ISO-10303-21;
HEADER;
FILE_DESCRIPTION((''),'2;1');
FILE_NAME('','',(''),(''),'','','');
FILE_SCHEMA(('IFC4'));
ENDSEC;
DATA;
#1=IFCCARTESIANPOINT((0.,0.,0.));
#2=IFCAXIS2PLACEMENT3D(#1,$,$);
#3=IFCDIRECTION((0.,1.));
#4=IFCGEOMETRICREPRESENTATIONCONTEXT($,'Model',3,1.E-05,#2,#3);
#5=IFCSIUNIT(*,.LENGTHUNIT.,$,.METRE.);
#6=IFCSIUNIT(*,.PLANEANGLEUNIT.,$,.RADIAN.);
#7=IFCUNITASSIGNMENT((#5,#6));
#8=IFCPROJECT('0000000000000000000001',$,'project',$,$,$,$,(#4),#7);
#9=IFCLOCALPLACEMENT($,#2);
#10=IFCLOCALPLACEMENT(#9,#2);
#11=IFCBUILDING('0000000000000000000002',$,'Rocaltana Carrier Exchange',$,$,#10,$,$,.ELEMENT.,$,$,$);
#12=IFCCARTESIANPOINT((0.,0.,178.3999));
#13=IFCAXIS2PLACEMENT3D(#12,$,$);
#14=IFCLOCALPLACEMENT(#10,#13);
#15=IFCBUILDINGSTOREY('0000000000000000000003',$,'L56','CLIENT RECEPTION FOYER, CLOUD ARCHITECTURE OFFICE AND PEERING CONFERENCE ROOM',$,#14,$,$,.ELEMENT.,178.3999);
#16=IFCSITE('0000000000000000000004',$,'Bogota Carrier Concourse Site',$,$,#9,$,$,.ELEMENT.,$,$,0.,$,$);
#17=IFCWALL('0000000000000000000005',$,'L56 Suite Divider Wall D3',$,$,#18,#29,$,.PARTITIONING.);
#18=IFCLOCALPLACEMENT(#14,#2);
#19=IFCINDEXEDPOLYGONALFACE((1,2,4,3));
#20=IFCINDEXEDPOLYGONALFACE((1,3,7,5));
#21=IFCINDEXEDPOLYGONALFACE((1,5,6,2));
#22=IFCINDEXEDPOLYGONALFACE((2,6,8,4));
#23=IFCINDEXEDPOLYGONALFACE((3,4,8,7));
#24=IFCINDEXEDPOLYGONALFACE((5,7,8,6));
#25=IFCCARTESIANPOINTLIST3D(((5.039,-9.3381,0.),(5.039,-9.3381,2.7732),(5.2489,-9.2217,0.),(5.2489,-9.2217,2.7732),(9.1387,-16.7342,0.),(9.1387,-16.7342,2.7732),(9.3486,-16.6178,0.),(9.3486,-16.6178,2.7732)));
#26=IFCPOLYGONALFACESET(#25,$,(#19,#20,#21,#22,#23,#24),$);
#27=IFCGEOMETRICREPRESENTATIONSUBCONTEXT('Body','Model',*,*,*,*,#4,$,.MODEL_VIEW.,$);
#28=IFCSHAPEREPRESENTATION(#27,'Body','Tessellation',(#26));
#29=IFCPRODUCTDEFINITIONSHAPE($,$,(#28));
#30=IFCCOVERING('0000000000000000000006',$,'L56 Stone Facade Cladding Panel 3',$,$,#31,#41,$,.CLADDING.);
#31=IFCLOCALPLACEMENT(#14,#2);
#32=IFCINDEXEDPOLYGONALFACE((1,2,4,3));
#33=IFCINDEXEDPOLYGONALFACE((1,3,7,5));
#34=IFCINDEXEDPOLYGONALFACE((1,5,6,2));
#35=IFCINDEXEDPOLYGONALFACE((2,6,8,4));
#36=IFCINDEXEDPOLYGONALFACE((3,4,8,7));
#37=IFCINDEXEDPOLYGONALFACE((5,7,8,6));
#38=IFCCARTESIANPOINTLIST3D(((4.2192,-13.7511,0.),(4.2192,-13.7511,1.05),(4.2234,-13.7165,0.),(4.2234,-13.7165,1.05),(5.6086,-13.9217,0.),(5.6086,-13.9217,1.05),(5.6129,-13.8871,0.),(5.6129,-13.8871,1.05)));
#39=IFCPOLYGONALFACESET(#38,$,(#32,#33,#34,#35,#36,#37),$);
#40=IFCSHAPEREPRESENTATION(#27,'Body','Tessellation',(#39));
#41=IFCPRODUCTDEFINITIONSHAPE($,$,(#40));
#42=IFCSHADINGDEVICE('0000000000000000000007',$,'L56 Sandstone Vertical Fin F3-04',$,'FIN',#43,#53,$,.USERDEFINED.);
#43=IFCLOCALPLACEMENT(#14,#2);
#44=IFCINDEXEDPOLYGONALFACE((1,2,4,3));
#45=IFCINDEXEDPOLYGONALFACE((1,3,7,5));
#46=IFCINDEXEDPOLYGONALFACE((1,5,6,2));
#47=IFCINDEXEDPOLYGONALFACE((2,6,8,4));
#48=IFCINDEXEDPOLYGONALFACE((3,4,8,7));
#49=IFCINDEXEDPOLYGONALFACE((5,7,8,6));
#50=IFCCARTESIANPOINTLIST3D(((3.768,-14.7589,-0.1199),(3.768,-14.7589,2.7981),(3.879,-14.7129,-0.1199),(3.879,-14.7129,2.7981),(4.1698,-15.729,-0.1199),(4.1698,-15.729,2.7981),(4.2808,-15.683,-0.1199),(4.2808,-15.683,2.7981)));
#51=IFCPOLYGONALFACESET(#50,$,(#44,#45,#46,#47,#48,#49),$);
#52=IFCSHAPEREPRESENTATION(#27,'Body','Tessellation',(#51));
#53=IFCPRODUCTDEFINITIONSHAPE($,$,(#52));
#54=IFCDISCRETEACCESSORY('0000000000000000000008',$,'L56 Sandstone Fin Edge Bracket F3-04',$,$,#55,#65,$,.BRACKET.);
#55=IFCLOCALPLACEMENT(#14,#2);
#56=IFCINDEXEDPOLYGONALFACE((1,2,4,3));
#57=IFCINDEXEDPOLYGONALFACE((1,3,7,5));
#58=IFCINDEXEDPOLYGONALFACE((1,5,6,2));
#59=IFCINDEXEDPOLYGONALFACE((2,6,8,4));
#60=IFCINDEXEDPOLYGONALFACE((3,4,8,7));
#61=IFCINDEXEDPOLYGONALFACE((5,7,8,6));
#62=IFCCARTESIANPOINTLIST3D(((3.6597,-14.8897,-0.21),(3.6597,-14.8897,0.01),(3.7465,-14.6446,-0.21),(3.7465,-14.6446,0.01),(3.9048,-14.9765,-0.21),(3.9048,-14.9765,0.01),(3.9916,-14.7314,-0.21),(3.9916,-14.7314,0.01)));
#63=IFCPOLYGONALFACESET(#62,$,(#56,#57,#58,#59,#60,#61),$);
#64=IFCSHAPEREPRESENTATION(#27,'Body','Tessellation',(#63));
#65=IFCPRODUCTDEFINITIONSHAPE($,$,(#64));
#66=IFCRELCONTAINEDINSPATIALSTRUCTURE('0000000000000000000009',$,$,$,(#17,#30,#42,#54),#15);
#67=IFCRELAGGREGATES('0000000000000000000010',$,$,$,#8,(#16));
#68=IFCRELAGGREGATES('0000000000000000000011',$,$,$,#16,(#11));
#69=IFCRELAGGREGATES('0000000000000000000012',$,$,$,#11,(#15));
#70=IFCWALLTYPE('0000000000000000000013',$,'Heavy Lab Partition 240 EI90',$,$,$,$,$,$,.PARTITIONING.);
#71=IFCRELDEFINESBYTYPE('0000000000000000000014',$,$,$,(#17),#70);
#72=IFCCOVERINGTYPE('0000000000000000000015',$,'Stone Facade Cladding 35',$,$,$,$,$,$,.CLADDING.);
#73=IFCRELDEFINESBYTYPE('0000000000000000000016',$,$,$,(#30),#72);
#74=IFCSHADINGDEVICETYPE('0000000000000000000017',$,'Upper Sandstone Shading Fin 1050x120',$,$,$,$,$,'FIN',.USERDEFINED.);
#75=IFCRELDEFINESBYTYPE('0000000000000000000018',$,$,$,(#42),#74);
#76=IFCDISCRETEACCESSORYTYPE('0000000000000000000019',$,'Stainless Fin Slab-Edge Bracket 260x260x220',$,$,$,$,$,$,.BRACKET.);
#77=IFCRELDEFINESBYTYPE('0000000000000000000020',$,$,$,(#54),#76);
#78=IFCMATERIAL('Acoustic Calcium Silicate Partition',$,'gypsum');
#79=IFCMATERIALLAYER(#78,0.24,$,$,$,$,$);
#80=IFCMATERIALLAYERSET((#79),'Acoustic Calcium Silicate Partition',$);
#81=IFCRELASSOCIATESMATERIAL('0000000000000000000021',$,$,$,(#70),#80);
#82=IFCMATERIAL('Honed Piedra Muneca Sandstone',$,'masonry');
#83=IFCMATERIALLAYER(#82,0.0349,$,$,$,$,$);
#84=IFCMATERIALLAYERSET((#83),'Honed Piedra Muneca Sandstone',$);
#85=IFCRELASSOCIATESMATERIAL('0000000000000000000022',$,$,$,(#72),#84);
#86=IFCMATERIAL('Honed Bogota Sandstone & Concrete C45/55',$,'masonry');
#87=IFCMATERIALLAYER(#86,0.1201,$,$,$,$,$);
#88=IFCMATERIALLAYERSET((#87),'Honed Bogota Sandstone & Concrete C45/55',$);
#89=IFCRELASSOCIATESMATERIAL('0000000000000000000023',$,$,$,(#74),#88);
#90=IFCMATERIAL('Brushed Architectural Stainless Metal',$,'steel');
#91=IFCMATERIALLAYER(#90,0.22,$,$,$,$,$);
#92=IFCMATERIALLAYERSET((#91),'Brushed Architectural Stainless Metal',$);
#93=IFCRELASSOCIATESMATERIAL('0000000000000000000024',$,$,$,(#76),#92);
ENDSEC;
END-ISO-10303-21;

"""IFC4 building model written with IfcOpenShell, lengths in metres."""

from ifc_helpers import new_model, si_unit, direction, frame, frame_2d, origin, origin_2d, place, context, subcontext, project, spatial, rectangle, extrude, material, layer, layer_set, type_object, element, save


model = new_model("IFC4")

# Units and contexts
model_context = context("Model", 3, precision=1e-05, world=origin(), true_north=direction((0.0, 1.0)))
body_context = subcontext(model_context, "Body", "Model", "MODEL_VIEW")
ifc_project = project(units=[si_unit("LENGTHUNIT", "METRE"), si_unit("PLANEANGLEUNIT", "RADIAN")], contexts=[model_context])

# Site, building, storey
site_placement = place(None, origin())
site = spatial("IfcSite", under=ifc_project, at=site_placement, Name="Bogota Carrier Concourse Site", CompositionType="ELEMENT", RefElevation=0.0)
building_placement = place(site_placement, origin())
building = spatial("IfcBuilding", under=site, at=building_placement, Name="Rocaltana Carrier Exchange", CompositionType="ELEMENT")
storey_placement = place(building_placement, frame((0.0, 0.0, 178.3999)))
storey = spatial("IfcBuildingStorey", under=building, at=storey_placement, Name="L56", Description="CLIENT RECEPTION FOYER, CLOUD ARCHITECTURE OFFICE AND PEERING CONFERENCE ROOM", CompositionType="ELEMENT", Elevation=178.3999)

# Wall
ifc_material_1 = material(Name="Acoustic Calcium Silicate Partition", Category="gypsum")
ifc_layer_1 = layer(ifc_material_1, 0.24)
ifc_layer_set_1 = layer_set([ifc_layer_1], Name="Acoustic Calcium Silicate Partition")
wall_type_1 = type_object("IfcWallType", Name="Heavy Lab Partition 240 EI90", PredefinedType="PARTITIONING", material=ifc_layer_set_1)
wall_1_placement = place(storey_placement, frame((5.144, -9.28, 0.0), z_axis=(0.0, 0.0, 1.0), x_axis=(0.484804, -0.874623, 0.0)))
element("IfcWall", 1, at=wall_1_placement, inside=storey, type_object=wall_type_1, Name="L56 Suite Divider Wall D3", PredefinedType="PARTITIONING", context=body_context, shape_type="SweptSolid", body=[
    extrude(rectangle(XDim=8.4563, YDim=0.24, at=frame_2d((4.228, 0.0))), origin(), (0.0, 0.0, 1.0), 2.7732),
])

# Covering
ifc_material_2 = material(Name="Honed Piedra Muneca Sandstone", Category="masonry")
ifc_layer_2 = layer(ifc_material_2, 0.0349)
ifc_layer_set_2 = layer_set([ifc_layer_2], Name="Honed Piedra Muneca Sandstone")
covering_type = type_object("IfcCoveringType", Name="Stone Facade Cladding 35", PredefinedType="CLADDING", material=ifc_layer_set_2)
covering_placement = place(storey_placement, frame((4.916, -13.8191, 0.0), z_axis=(0.0, 0.0, 1.0), x_axis=(-0.992546, 0.121869, 0.0)))
element("IfcCovering", 2, at=covering_placement, inside=storey, type_object=covering_type, Name="L56 Stone Facade Cladding Panel 3", PredefinedType="CLADDING", context=body_context, shape_type="SweptSolid", body=[
    extrude(rectangle(XDim=1.3999, YDim=0.0349, at=origin_2d()), origin(), (0.0, 0.0, 1.0), 1.05),
])

# Shading device
ifc_material_3 = material(Name="Honed Bogota Sandstone & Concrete C45/55", Category="masonry")
ifc_layer_3 = layer(ifc_material_3, 0.1201)
ifc_layer_set_3 = layer_set([ifc_layer_3], Name="Honed Bogota Sandstone & Concrete C45/55")
shading_device_type = type_object("IfcShadingDeviceType", Name="Upper Sandstone Shading Fin 1050x120", ElementType="FIN", PredefinedType="USERDEFINED", material=ifc_layer_set_3)
shading_device_placement = place(storey_placement, frame((4.0244, -15.2209, -0.1199), z_axis=(0.0, 0.0, 1.0), x_axis=(0.382683, -0.92388, 0.0)))
element("IfcShadingDevice", 3, at=shading_device_placement, inside=storey, type_object=shading_device_type, Name="L56 Sandstone Vertical Fin F3-04", ObjectType="FIN", PredefinedType="USERDEFINED", context=body_context, shape_type="SweptSolid", body=[
    extrude(rectangle(XDim=1.05, YDim=0.1201, at=origin_2d()), origin(), (0.0, 0.0, 1.0), 2.918),
])

# Discrete accessory
ifc_material_4 = material(Name="Brushed Architectural Stainless Metal", Category="steel")
ifc_layer_4 = layer(ifc_material_4, 0.22)
ifc_layer_set_4 = layer_set([ifc_layer_4], Name="Brushed Architectural Stainless Metal")
discrete_accessory_type = type_object("IfcDiscreteAccessoryType", Name="Stainless Fin Slab-Edge Bracket 260x260x220", PredefinedType="BRACKET", material=ifc_layer_set_4)
discrete_accessory_placement = place(storey_placement, frame((3.8257, -14.8105, -0.21), z_axis=(0.0, 0.0, 1.0), x_axis=(0.942641, -0.333807, 0.0)))
element("IfcDiscreteAccessory", 4, at=discrete_accessory_placement, inside=storey, type_object=discrete_accessory_type, Name="L56 Sandstone Fin Edge Bracket F3-04", PredefinedType="BRACKET", context=body_context, shape_type="SweptSolid", body=[
    extrude(rectangle(XDim=0.26, YDim=0.26, at=origin_2d()), origin(), (0.0, 0.0, 1.0), 0.22),
])

save(model, "model.ifc")
